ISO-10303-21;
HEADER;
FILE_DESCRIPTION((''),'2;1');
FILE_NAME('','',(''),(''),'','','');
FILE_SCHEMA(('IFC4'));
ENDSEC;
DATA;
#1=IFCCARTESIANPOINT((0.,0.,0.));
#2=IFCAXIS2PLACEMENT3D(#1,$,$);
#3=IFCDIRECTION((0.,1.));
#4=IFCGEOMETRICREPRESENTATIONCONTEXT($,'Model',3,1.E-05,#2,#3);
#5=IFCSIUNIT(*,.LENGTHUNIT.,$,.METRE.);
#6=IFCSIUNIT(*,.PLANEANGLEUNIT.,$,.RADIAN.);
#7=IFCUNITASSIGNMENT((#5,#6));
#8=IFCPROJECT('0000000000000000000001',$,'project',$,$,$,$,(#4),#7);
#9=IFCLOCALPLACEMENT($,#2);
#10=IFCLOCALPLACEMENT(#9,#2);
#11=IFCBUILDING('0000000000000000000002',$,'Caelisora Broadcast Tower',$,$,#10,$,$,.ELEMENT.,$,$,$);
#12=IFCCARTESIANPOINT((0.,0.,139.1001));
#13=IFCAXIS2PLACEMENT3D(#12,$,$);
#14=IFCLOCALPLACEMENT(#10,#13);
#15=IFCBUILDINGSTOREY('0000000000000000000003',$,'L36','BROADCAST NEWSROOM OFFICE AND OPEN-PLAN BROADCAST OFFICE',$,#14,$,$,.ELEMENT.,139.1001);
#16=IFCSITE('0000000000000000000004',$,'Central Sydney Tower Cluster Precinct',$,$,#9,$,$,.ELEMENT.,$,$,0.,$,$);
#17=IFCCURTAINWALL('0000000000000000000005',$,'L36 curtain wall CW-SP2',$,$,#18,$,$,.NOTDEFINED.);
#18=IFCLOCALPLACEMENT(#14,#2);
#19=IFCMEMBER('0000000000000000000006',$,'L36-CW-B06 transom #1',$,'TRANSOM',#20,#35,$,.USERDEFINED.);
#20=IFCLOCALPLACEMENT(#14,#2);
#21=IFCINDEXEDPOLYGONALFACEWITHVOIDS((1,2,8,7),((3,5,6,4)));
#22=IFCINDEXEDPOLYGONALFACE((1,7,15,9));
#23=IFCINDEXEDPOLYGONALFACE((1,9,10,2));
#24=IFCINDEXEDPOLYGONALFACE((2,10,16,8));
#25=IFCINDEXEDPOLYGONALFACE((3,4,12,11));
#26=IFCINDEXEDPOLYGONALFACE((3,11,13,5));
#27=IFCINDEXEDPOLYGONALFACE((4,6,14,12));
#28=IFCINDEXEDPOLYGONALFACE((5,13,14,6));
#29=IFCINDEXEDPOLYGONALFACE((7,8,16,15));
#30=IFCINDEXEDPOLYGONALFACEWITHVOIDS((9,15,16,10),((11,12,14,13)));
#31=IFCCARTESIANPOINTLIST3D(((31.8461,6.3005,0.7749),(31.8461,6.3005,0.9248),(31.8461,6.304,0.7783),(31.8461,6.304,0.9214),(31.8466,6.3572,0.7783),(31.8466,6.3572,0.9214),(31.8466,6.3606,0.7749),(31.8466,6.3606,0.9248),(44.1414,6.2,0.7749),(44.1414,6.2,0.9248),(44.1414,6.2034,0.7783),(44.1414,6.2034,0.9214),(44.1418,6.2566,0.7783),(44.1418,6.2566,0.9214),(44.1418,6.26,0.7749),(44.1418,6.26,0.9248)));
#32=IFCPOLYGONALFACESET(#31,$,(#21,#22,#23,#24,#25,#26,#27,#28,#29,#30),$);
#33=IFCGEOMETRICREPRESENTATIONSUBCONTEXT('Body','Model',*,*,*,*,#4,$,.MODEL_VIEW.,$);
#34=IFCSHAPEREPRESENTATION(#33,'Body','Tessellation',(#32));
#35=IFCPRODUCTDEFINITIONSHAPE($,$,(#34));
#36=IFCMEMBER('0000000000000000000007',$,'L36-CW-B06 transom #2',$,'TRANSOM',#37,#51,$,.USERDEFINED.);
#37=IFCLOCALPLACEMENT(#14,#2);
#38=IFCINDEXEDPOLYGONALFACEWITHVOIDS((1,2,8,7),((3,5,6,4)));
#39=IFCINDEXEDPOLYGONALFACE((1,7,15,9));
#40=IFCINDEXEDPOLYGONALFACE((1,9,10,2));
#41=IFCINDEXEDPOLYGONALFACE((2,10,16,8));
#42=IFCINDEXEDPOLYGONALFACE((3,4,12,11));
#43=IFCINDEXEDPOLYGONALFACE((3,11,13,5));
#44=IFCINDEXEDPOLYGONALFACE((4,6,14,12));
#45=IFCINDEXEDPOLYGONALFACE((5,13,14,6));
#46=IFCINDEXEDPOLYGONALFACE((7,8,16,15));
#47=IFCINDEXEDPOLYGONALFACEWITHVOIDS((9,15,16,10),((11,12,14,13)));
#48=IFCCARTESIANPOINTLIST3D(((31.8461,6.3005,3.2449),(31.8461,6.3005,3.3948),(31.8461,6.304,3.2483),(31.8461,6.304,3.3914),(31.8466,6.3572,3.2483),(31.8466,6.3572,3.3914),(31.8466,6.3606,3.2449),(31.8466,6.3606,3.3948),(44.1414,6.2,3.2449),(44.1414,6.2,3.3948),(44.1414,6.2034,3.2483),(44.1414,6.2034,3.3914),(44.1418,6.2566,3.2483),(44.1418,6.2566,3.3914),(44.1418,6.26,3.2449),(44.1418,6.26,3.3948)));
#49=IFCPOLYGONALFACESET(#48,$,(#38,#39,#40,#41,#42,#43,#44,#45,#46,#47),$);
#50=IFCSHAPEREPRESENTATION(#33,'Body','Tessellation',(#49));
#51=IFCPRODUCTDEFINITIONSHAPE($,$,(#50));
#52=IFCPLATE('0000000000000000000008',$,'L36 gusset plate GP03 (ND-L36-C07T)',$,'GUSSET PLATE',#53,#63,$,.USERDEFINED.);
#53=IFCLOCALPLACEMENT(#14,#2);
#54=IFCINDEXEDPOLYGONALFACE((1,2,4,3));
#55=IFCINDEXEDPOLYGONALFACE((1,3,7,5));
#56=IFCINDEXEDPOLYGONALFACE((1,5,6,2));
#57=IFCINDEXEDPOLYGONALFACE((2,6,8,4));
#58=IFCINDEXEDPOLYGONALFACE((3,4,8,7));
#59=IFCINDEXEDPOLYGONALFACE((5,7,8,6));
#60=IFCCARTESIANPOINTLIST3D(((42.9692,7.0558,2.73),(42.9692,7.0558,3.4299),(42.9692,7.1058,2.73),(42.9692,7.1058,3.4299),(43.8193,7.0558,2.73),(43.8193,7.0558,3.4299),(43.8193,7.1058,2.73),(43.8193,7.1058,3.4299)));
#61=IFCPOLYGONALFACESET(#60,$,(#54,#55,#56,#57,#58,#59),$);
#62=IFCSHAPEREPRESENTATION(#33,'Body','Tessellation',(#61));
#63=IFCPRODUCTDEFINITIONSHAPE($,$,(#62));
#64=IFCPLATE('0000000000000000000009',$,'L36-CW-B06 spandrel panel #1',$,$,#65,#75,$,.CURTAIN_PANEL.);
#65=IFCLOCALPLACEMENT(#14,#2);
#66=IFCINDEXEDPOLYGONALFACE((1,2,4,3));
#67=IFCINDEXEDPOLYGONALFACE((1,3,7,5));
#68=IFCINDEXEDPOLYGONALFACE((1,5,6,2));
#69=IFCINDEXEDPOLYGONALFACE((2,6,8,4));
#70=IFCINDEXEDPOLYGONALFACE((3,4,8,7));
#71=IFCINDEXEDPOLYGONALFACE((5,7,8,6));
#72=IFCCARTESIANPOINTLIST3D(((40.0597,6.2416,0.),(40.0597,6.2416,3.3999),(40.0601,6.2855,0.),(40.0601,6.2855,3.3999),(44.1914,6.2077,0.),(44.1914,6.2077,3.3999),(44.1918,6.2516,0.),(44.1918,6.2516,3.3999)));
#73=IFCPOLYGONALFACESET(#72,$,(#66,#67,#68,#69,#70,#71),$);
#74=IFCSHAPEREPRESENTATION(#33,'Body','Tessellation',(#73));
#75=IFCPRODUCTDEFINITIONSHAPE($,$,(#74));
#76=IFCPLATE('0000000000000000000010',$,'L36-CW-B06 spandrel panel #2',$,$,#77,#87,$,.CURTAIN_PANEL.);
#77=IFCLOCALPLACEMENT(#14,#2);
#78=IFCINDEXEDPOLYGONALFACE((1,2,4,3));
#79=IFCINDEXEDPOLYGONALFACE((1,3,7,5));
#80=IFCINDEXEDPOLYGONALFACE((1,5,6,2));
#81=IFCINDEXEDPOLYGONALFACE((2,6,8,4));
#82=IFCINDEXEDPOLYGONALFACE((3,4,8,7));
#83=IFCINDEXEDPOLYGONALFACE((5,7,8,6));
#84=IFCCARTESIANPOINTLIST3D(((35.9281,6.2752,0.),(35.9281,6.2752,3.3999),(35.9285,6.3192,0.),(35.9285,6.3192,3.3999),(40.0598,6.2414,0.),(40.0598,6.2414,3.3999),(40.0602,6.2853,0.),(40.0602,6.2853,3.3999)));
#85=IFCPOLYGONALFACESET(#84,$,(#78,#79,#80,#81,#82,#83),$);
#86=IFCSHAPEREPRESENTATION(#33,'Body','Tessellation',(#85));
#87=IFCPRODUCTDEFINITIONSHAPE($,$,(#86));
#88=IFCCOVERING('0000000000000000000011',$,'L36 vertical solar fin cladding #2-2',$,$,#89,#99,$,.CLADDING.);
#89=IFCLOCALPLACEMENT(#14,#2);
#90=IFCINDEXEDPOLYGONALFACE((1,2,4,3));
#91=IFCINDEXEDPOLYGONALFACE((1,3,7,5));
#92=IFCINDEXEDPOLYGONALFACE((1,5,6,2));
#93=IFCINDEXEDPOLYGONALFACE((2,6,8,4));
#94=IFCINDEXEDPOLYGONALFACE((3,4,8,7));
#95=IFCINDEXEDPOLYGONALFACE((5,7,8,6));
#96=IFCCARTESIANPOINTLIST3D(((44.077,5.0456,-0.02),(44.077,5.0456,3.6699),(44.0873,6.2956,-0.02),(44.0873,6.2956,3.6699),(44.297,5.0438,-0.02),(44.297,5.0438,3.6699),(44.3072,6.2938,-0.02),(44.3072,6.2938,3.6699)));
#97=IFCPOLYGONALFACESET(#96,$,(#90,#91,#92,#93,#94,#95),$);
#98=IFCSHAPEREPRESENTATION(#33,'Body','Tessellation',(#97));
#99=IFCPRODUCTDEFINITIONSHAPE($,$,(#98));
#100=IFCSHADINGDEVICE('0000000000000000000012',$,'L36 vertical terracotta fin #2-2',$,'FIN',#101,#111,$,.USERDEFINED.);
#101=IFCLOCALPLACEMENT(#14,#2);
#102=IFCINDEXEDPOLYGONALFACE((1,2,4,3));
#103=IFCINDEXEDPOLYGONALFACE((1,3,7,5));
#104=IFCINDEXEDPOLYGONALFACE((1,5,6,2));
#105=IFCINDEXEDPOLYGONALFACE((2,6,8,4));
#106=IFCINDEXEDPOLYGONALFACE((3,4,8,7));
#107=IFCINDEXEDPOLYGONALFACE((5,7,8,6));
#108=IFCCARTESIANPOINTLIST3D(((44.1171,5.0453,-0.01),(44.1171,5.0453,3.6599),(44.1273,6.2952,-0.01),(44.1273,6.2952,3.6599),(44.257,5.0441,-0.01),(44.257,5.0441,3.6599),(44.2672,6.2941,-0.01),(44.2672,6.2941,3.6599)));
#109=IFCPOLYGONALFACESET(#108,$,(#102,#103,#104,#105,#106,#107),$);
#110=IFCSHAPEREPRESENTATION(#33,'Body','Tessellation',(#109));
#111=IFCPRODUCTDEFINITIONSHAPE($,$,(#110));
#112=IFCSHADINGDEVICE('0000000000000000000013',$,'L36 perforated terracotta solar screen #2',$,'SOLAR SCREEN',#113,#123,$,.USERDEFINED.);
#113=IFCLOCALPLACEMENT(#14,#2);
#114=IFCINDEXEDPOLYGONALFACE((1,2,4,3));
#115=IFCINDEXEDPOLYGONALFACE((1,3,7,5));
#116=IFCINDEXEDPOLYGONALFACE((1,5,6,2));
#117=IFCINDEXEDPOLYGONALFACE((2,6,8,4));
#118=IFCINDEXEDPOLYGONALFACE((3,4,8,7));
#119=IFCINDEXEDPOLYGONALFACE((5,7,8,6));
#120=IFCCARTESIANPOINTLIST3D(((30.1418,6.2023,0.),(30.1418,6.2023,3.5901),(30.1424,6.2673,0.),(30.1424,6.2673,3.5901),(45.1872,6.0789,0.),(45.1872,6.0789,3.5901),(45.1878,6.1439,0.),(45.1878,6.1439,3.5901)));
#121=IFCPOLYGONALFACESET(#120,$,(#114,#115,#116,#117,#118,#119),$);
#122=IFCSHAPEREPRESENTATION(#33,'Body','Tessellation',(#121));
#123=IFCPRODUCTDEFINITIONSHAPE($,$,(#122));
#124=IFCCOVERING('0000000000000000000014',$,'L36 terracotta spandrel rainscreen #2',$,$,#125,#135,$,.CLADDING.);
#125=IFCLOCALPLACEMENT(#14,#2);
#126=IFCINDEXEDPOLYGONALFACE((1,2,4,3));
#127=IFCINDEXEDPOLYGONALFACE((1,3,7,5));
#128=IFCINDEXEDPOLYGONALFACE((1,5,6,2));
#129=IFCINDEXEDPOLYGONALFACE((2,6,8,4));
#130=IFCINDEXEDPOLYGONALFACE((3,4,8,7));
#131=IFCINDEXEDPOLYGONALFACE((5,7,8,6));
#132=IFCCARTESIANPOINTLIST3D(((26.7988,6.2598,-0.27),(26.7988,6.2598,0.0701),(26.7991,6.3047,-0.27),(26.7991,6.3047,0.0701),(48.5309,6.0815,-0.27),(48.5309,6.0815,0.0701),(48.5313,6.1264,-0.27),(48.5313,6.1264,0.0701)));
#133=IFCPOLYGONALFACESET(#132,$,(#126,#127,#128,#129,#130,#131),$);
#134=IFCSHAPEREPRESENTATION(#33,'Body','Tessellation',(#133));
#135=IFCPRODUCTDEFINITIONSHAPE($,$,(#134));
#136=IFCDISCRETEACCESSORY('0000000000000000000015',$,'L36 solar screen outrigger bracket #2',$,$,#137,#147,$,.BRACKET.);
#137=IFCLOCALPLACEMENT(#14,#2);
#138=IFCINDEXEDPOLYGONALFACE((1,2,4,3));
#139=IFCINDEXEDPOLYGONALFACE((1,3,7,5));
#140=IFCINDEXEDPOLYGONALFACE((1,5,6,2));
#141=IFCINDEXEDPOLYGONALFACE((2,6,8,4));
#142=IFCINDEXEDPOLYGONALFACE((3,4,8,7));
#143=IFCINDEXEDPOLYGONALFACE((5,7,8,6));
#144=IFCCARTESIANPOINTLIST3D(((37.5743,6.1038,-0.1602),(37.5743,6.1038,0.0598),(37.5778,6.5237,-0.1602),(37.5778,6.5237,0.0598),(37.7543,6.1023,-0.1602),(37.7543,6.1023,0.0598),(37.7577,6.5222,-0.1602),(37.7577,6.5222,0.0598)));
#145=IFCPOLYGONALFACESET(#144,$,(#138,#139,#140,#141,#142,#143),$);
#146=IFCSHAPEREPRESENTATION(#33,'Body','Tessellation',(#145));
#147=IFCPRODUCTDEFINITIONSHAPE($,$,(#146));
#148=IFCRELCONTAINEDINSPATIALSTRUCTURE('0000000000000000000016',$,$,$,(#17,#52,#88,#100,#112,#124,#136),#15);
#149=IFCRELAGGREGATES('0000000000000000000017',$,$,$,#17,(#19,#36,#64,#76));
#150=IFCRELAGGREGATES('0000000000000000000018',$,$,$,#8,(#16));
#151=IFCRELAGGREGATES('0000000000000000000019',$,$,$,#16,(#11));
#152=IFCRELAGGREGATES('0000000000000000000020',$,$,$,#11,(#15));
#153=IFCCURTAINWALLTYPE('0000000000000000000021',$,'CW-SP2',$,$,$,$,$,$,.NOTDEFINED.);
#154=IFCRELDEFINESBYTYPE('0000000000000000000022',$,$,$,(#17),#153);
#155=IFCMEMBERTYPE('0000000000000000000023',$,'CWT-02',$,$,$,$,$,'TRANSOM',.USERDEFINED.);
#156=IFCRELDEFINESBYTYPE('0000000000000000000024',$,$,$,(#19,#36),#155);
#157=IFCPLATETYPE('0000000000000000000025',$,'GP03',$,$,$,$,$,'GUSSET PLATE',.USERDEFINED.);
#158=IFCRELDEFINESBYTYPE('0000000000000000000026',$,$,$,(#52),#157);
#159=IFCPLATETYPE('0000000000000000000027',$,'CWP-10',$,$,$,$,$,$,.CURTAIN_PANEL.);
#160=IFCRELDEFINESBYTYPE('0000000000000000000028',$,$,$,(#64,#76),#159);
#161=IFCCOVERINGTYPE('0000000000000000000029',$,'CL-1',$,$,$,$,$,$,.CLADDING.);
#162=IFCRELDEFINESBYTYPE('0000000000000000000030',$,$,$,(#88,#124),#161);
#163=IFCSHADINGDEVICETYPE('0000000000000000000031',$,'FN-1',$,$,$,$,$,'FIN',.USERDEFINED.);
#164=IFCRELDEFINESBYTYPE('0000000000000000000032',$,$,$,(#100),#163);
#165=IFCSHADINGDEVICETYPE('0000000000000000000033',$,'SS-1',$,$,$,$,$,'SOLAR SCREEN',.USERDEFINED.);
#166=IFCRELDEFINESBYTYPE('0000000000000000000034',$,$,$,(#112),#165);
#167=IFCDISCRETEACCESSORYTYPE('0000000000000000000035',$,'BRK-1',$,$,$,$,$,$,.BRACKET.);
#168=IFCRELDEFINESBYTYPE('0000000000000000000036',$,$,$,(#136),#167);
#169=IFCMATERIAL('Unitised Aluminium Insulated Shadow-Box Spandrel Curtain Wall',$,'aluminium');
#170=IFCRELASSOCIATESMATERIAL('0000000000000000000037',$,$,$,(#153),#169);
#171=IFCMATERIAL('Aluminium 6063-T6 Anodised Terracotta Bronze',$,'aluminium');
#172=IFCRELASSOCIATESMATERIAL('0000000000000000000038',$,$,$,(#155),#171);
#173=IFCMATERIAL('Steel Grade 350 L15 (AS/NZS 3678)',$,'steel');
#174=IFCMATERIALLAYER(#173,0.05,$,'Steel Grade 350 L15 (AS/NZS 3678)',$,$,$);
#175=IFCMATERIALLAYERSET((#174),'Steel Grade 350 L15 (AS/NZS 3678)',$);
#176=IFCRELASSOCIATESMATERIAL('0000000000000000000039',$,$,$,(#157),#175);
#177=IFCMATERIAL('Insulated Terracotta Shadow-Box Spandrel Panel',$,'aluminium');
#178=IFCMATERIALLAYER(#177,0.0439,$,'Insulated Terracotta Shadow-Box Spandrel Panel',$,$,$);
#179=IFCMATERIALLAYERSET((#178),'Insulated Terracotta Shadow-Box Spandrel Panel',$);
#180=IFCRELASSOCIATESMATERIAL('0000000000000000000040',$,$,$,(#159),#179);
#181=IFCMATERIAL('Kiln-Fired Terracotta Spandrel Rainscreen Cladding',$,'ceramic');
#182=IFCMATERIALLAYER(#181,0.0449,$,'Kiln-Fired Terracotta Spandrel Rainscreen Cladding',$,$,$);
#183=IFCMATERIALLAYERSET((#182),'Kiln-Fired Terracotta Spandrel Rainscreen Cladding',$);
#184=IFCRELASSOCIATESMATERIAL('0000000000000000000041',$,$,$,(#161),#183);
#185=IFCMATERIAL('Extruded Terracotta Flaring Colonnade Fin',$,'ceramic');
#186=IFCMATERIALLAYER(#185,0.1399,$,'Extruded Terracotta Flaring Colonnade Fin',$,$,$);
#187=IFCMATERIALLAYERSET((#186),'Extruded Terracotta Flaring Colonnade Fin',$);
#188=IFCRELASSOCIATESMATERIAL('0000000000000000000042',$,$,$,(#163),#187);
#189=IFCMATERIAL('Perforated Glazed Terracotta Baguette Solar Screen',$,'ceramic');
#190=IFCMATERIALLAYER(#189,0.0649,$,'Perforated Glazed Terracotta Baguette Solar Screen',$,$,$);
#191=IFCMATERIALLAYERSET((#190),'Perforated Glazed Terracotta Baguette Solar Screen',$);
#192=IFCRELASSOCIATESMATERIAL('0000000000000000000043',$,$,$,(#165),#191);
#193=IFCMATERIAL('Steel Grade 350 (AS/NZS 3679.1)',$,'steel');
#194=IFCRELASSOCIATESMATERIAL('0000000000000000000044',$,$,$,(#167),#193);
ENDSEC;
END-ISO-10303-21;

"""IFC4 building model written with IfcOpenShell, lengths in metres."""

from ifc_helpers import new_model, si_unit, direction, frame, origin, origin_2d, place, context, subcontext, project, spatial, rectangle, hollow_rectangle, extrude, source, transform, mapped, material, layer, layer_set, material_profile, profile_set, type_object, type_shapes, element, aggregate, save


model = new_model("IFC4")

# Units and contexts
model_context = context("Model", 3, precision=1e-05, world=origin(), true_north=direction((0.0, 1.0)))
body_context = subcontext(model_context, "Body", "Model", "MODEL_VIEW")
ifc_project = project(units=[si_unit("LENGTHUNIT", "METRE"), si_unit("PLANEANGLEUNIT", "RADIAN")], contexts=[model_context])

# Site, building, storey
site_placement = place(None, origin())
site = spatial("IfcSite", under=ifc_project, at=site_placement, Name="Central Sydney Tower Cluster Precinct", CompositionType="ELEMENT", RefElevation=0.0)
building_placement = place(site_placement, origin())
building = spatial("IfcBuilding", under=site, at=building_placement, Name="Caelisora Broadcast Tower", CompositionType="ELEMENT")
storey_placement = place(building_placement, frame((0.0, 0.0, 139.1001)))
storey = spatial("IfcBuildingStorey", under=building, at=storey_placement, Name="L36", Description="BROADCAST NEWSROOM OFFICE AND OPEN-PLAN BROADCAST OFFICE", CompositionType="ELEMENT", Elevation=139.1001)

# Shared definitions
ifc_material_1 = material(Name="Steel Grade 350 L15 (AS/NZS 3678)", Category="steel")

# Shared definitions
ifc_material_2 = material(Name="Steel Grade 350 (AS/NZS 3679.1)", Category="steel")

# Shared definitions
ifc_material_3 = material(Name="Aluminium 6063-T6 Anodised Terracotta Bronze", Category="aluminium")

# Curtain wall, members
ifc_material_4 = material(Name="Unitised Aluminium Insulated Shadow-Box Spandrel Curtain Wall", Category="aluminium")
curtain_wall_type_1 = type_object("IfcCurtainWallType", Name="CW-SP2", PredefinedType="NOTDEFINED", material=ifc_material_4)
curtain_wall_1_placement = place(storey_placement, origin())
curtain_wall_1 = element("IfcCurtainWall", 1, at=curtain_wall_1_placement, inside=storey, type_object=curtain_wall_type_1, Name="L36 curtain wall CW-SP2", PredefinedType="NOTDEFINED")
ifc_material_profile_1 = material_profile(ifc_material_3, hollow_rectangle(XDim=0.0601, YDim=0.1499, WallThickness=0.0034, at=origin_2d()), Name="Aluminium 6063-T6 Anodised Terracotta Bronze")
ifc_profile_set_1 = profile_set([ifc_material_profile_1], Name="Aluminium 6063-T6 Anodised Terracotta Bronze")
member_type_1 = type_object("IfcMemberType", Name="CWT-02", ElementType="TRANSOM", PredefinedType="USERDEFINED", material=ifc_profile_set_1)
shared_shape_1 = source(origin(), body_context, "Body", "SweptSolid", [
    extrude(hollow_rectangle(XDim=0.0601, YDim=0.1499, WallThickness=0.0034, at=origin_2d()), origin(), (0.0, 0.0, 1.0), 12.2957),
])
type_shapes(member_type_1, [shared_shape_1])
member_1_placement = place(storey_placement, frame((44.1416, 6.23, 0.8499), z_axis=(-0.999967, 0.008181, 0.0), x_axis=(-0.008181, -0.999967, 0.0)))
member_1 = element("IfcMember", 2, at=member_1_placement, type_object=member_type_1, Name="L36-CW-B06 transom #1", ObjectType="TRANSOM", PredefinedType="USERDEFINED", context=body_context, shape_type="MappedRepresentation", body=[
    mapped(shared_shape_1, transform((0.0, 0.0, 0.0), scale=1.0)),
])
member_2_placement = place(storey_placement, frame((44.1416, 6.23, 3.3198), z_axis=(-0.999967, 0.008181, 0.0), x_axis=(-0.008181, -0.999967, 0.0)))
member_2 = element("IfcMember", 3, at=member_2_placement, type_object=member_type_1, Name="L36-CW-B06 transom #2", ObjectType="TRANSOM", PredefinedType="USERDEFINED", context=body_context, shape_type="MappedRepresentation", body=[
    mapped(shared_shape_1, transform((0.0, 0.0, 0.0), scale=1.0)),
])

# Plates
ifc_layer_1 = layer(ifc_material_1, 0.05, Name="Steel Grade 350 L15 (AS/NZS 3678)")
ifc_layer_set_1 = layer_set([ifc_layer_1], Name="Steel Grade 350 L15 (AS/NZS 3678)")
plate_type_1 = type_object("IfcPlateType", Name="GP03", ElementType="GUSSET PLATE", PredefinedType="USERDEFINED", material=ifc_layer_set_1)
shared_shape_2 = source(origin(), body_context, "Body", "SweptSolid", [
    extrude(rectangle(XDim=0.8501, YDim=0.05, at=origin_2d()), origin(), (0.0, 0.0, 1.0), 0.7),
])
type_shapes(plate_type_1, [shared_shape_2])
plate_1_placement = place(storey_placement, frame((43.3943, 7.0808, 2.73), z_axis=(0.0, 0.0, 1.0), x_axis=(1.0, 0.0, 0.0)))
element("IfcPlate", 4, at=plate_1_placement, inside=storey, type_object=plate_type_1, Name="L36 gusset plate GP03 (ND-L36-C07T)", ObjectType="GUSSET PLATE", PredefinedType="USERDEFINED", context=body_context, shape_type="MappedRepresentation", body=[
    mapped(shared_shape_2, transform((0.0, 0.0, 0.0), scale=1.0)),
])
ifc_material_5 = material(Name="Insulated Terracotta Shadow-Box Spandrel Panel", Category="aluminium")
ifc_layer_2 = layer(ifc_material_5, 0.0439, Name="Insulated Terracotta Shadow-Box Spandrel Panel")
ifc_layer_set_2 = layer_set([ifc_layer_2], Name="Insulated Terracotta Shadow-Box Spandrel Panel")
plate_type_2 = type_object("IfcPlateType", Name="CWP-10", PredefinedType="CURTAIN_PANEL", material=ifc_layer_set_2)
shared_shape_3 = source(origin(), body_context, "Body", "SweptSolid", [
    extrude(rectangle(XDim=4.1318, YDim=0.0439, at=origin_2d()), origin(), (0.0, 0.0, 1.0), 3.3999),
])
type_shapes(plate_type_2, [shared_shape_3])
plate_2_placement = place(storey_placement, frame((42.1257, 6.2466, 0.0), z_axis=(0.0, 0.0, 1.0), x_axis=(-0.999966, 0.008203, 0.0)))
plate_2 = element("IfcPlate", 5, at=plate_2_placement, type_object=plate_type_2, Name="L36-CW-B06 spandrel panel #1", PredefinedType="CURTAIN_PANEL", context=body_context, shape_type="MappedRepresentation", body=[
    mapped(shared_shape_3, transform((0.0, 0.0, 0.0), scale=1.0)),
])
plate_3_placement = place(storey_placement, frame((37.9941, 6.2803, 0.0), z_axis=(0.0, 0.0, 1.0), x_axis=(-0.999966, 0.008203, 0.0)))
plate_3 = element("IfcPlate", 6, at=plate_3_placement, type_object=plate_type_2, Name="L36-CW-B06 spandrel panel #2", PredefinedType="CURTAIN_PANEL", context=body_context, shape_type="MappedRepresentation", body=[
    mapped(shared_shape_3, transform((0.0, 0.0, 0.0), scale=1.0)),
])
aggregate(curtain_wall_1, [member_1, member_2, plate_2, plate_3])

# Covering
ifc_material_6 = material(Name="Kiln-Fired Terracotta Spandrel Rainscreen Cladding", Category="ceramic")
ifc_layer_3 = layer(ifc_material_6, 0.0449, Name="Kiln-Fired Terracotta Spandrel Rainscreen Cladding")
ifc_layer_set_3 = layer_set([ifc_layer_3], Name="Kiln-Fired Terracotta Spandrel Rainscreen Cladding")
covering_type = type_object("IfcCoveringType", Name="CL-1", PredefinedType="CLADDING", material=ifc_layer_set_3)
shared_shape_4 = source(origin(), body_context, "Body", "SweptSolid", [
    extrude(rectangle(XDim=0.22, YDim=1.25, at=origin_2d()), origin(), (0.0, 0.0, 1.0), 3.6899),
])
covering_1_placement = place(storey_placement, frame((44.1921, 5.6697, -0.02), z_axis=(0.0, 0.0, 1.0), x_axis=(-0.999966, 0.008203, 0.0)))
element("IfcCovering", 7, at=covering_1_placement, inside=storey, type_object=covering_type, Name="L36 vertical solar fin cladding #2-2", PredefinedType="CLADDING", context=body_context, shape_type="MappedRepresentation", body=[
    mapped(shared_shape_4, transform((0.0, 0.0, 0.0), scale=1.0)),
])

# Shading devices
ifc_material_7 = material(Name="Extruded Terracotta Flaring Colonnade Fin", Category="ceramic")
ifc_layer_4 = layer(ifc_material_7, 0.1399, Name="Extruded Terracotta Flaring Colonnade Fin")
ifc_layer_set_4 = layer_set([ifc_layer_4], Name="Extruded Terracotta Flaring Colonnade Fin")
shading_device_type_1 = type_object("IfcShadingDeviceType", Name="FN-1", ElementType="FIN", PredefinedType="USERDEFINED", material=ifc_layer_set_4)
shared_shape_5 = source(origin(), body_context, "Body", "SweptSolid", [
    extrude(rectangle(XDim=0.1399, YDim=1.25, at=origin_2d()), origin(), (0.0, 0.0, 1.0), 3.6699),
])
type_shapes(shading_device_type_1, [shared_shape_5])
shading_device_1_placement = place(storey_placement, frame((44.1921, 5.6697, -0.01), z_axis=(0.0, 0.0, 1.0), x_axis=(-0.999966, 0.008203, 0.0)))
element("IfcShadingDevice", 8, at=shading_device_1_placement, inside=storey, type_object=shading_device_type_1, Name="L36 vertical terracotta fin #2-2", ObjectType="FIN", PredefinedType="USERDEFINED", context=body_context, shape_type="MappedRepresentation", body=[
    mapped(shared_shape_5, transform((0.0, 0.0, 0.0), scale=1.0)),
])
ifc_material_8 = material(Name="Perforated Glazed Terracotta Baguette Solar Screen", Category="ceramic")
ifc_layer_5 = layer(ifc_material_8, 0.0649, Name="Perforated Glazed Terracotta Baguette Solar Screen")
ifc_layer_set_5 = layer_set([ifc_layer_5], Name="Perforated Glazed Terracotta Baguette Solar Screen")
shading_device_type_2 = type_object("IfcShadingDeviceType", Name="SS-1", ElementType="SOLAR SCREEN", PredefinedType="USERDEFINED", material=ifc_layer_set_5)
shared_shape_6 = source(origin(), body_context, "Body", "SweptSolid", [
    extrude(rectangle(XDim=15.0459, YDim=0.0649, at=origin_2d()), origin(), (0.0, 0.0, 1.0), 3.5901),
])
type_shapes(shading_device_type_2, [shared_shape_6])
shading_device_2_placement = place(storey_placement, frame((37.6648, 6.1731, 0.0), z_axis=(0.0, 0.0, 1.0), x_axis=(0.999966, -0.008203, 0.0)))
element("IfcShadingDevice", 9, at=shading_device_2_placement, inside=storey, type_object=shading_device_type_2, Name="L36 perforated terracotta solar screen #2", ObjectType="SOLAR SCREEN", PredefinedType="USERDEFINED", context=body_context, shape_type="MappedRepresentation", body=[
    mapped(shared_shape_6, transform((0.0, 0.0, 0.0), scale=1.0)),
])

# Covering
shared_shape_7 = source(origin(), body_context, "Body", "SweptSolid", [
    extrude(rectangle(XDim=21.7329, YDim=0.0449, at=origin_2d()), origin(), (0.0, 0.0, 1.0), 0.3401),
])
type_shapes(covering_type, [shared_shape_4, shared_shape_7])
covering_2_placement = place(storey_placement, frame((37.665, 6.1931, -0.27), z_axis=(0.0, 0.0, 1.0), x_axis=(0.999966, -0.008203, 0.0)))
element("IfcCovering", 10, at=covering_2_placement, inside=storey, type_object=covering_type, Name="L36 terracotta spandrel rainscreen #2", PredefinedType="CLADDING", context=body_context, shape_type="MappedRepresentation", body=[
    mapped(shared_shape_7, transform((0.0, 0.0, 0.0), scale=1.0)),
])

# Discrete accessory
discrete_accessory_type = type_object("IfcDiscreteAccessoryType", Name="BRK-1", PredefinedType="BRACKET", material=ifc_material_2)
shared_shape_8 = source(origin(), body_context, "Body", "SweptSolid", [
    extrude(rectangle(XDim=0.1799, YDim=0.4199, at=origin_2d()), origin(), (0.0, 0.0, 1.0), 0.22),
])
type_shapes(discrete_accessory_type, [shared_shape_8])
discrete_accessory_placement = place(storey_placement, frame((37.666, 6.313, -0.1602), z_axis=(0.0, 0.0, 1.0), x_axis=(0.999966, -0.008203, 0.0)))
element("IfcDiscreteAccessory", 11, at=discrete_accessory_placement, inside=storey, type_object=discrete_accessory_type, Name="L36 solar screen outrigger bracket #2", PredefinedType="BRACKET", context=body_context, shape_type="MappedRepresentation", body=[
    mapped(shared_shape_8, transform((0.0, 0.0, 0.0), scale=1.0)),
])

save(model, "model.ifc")
